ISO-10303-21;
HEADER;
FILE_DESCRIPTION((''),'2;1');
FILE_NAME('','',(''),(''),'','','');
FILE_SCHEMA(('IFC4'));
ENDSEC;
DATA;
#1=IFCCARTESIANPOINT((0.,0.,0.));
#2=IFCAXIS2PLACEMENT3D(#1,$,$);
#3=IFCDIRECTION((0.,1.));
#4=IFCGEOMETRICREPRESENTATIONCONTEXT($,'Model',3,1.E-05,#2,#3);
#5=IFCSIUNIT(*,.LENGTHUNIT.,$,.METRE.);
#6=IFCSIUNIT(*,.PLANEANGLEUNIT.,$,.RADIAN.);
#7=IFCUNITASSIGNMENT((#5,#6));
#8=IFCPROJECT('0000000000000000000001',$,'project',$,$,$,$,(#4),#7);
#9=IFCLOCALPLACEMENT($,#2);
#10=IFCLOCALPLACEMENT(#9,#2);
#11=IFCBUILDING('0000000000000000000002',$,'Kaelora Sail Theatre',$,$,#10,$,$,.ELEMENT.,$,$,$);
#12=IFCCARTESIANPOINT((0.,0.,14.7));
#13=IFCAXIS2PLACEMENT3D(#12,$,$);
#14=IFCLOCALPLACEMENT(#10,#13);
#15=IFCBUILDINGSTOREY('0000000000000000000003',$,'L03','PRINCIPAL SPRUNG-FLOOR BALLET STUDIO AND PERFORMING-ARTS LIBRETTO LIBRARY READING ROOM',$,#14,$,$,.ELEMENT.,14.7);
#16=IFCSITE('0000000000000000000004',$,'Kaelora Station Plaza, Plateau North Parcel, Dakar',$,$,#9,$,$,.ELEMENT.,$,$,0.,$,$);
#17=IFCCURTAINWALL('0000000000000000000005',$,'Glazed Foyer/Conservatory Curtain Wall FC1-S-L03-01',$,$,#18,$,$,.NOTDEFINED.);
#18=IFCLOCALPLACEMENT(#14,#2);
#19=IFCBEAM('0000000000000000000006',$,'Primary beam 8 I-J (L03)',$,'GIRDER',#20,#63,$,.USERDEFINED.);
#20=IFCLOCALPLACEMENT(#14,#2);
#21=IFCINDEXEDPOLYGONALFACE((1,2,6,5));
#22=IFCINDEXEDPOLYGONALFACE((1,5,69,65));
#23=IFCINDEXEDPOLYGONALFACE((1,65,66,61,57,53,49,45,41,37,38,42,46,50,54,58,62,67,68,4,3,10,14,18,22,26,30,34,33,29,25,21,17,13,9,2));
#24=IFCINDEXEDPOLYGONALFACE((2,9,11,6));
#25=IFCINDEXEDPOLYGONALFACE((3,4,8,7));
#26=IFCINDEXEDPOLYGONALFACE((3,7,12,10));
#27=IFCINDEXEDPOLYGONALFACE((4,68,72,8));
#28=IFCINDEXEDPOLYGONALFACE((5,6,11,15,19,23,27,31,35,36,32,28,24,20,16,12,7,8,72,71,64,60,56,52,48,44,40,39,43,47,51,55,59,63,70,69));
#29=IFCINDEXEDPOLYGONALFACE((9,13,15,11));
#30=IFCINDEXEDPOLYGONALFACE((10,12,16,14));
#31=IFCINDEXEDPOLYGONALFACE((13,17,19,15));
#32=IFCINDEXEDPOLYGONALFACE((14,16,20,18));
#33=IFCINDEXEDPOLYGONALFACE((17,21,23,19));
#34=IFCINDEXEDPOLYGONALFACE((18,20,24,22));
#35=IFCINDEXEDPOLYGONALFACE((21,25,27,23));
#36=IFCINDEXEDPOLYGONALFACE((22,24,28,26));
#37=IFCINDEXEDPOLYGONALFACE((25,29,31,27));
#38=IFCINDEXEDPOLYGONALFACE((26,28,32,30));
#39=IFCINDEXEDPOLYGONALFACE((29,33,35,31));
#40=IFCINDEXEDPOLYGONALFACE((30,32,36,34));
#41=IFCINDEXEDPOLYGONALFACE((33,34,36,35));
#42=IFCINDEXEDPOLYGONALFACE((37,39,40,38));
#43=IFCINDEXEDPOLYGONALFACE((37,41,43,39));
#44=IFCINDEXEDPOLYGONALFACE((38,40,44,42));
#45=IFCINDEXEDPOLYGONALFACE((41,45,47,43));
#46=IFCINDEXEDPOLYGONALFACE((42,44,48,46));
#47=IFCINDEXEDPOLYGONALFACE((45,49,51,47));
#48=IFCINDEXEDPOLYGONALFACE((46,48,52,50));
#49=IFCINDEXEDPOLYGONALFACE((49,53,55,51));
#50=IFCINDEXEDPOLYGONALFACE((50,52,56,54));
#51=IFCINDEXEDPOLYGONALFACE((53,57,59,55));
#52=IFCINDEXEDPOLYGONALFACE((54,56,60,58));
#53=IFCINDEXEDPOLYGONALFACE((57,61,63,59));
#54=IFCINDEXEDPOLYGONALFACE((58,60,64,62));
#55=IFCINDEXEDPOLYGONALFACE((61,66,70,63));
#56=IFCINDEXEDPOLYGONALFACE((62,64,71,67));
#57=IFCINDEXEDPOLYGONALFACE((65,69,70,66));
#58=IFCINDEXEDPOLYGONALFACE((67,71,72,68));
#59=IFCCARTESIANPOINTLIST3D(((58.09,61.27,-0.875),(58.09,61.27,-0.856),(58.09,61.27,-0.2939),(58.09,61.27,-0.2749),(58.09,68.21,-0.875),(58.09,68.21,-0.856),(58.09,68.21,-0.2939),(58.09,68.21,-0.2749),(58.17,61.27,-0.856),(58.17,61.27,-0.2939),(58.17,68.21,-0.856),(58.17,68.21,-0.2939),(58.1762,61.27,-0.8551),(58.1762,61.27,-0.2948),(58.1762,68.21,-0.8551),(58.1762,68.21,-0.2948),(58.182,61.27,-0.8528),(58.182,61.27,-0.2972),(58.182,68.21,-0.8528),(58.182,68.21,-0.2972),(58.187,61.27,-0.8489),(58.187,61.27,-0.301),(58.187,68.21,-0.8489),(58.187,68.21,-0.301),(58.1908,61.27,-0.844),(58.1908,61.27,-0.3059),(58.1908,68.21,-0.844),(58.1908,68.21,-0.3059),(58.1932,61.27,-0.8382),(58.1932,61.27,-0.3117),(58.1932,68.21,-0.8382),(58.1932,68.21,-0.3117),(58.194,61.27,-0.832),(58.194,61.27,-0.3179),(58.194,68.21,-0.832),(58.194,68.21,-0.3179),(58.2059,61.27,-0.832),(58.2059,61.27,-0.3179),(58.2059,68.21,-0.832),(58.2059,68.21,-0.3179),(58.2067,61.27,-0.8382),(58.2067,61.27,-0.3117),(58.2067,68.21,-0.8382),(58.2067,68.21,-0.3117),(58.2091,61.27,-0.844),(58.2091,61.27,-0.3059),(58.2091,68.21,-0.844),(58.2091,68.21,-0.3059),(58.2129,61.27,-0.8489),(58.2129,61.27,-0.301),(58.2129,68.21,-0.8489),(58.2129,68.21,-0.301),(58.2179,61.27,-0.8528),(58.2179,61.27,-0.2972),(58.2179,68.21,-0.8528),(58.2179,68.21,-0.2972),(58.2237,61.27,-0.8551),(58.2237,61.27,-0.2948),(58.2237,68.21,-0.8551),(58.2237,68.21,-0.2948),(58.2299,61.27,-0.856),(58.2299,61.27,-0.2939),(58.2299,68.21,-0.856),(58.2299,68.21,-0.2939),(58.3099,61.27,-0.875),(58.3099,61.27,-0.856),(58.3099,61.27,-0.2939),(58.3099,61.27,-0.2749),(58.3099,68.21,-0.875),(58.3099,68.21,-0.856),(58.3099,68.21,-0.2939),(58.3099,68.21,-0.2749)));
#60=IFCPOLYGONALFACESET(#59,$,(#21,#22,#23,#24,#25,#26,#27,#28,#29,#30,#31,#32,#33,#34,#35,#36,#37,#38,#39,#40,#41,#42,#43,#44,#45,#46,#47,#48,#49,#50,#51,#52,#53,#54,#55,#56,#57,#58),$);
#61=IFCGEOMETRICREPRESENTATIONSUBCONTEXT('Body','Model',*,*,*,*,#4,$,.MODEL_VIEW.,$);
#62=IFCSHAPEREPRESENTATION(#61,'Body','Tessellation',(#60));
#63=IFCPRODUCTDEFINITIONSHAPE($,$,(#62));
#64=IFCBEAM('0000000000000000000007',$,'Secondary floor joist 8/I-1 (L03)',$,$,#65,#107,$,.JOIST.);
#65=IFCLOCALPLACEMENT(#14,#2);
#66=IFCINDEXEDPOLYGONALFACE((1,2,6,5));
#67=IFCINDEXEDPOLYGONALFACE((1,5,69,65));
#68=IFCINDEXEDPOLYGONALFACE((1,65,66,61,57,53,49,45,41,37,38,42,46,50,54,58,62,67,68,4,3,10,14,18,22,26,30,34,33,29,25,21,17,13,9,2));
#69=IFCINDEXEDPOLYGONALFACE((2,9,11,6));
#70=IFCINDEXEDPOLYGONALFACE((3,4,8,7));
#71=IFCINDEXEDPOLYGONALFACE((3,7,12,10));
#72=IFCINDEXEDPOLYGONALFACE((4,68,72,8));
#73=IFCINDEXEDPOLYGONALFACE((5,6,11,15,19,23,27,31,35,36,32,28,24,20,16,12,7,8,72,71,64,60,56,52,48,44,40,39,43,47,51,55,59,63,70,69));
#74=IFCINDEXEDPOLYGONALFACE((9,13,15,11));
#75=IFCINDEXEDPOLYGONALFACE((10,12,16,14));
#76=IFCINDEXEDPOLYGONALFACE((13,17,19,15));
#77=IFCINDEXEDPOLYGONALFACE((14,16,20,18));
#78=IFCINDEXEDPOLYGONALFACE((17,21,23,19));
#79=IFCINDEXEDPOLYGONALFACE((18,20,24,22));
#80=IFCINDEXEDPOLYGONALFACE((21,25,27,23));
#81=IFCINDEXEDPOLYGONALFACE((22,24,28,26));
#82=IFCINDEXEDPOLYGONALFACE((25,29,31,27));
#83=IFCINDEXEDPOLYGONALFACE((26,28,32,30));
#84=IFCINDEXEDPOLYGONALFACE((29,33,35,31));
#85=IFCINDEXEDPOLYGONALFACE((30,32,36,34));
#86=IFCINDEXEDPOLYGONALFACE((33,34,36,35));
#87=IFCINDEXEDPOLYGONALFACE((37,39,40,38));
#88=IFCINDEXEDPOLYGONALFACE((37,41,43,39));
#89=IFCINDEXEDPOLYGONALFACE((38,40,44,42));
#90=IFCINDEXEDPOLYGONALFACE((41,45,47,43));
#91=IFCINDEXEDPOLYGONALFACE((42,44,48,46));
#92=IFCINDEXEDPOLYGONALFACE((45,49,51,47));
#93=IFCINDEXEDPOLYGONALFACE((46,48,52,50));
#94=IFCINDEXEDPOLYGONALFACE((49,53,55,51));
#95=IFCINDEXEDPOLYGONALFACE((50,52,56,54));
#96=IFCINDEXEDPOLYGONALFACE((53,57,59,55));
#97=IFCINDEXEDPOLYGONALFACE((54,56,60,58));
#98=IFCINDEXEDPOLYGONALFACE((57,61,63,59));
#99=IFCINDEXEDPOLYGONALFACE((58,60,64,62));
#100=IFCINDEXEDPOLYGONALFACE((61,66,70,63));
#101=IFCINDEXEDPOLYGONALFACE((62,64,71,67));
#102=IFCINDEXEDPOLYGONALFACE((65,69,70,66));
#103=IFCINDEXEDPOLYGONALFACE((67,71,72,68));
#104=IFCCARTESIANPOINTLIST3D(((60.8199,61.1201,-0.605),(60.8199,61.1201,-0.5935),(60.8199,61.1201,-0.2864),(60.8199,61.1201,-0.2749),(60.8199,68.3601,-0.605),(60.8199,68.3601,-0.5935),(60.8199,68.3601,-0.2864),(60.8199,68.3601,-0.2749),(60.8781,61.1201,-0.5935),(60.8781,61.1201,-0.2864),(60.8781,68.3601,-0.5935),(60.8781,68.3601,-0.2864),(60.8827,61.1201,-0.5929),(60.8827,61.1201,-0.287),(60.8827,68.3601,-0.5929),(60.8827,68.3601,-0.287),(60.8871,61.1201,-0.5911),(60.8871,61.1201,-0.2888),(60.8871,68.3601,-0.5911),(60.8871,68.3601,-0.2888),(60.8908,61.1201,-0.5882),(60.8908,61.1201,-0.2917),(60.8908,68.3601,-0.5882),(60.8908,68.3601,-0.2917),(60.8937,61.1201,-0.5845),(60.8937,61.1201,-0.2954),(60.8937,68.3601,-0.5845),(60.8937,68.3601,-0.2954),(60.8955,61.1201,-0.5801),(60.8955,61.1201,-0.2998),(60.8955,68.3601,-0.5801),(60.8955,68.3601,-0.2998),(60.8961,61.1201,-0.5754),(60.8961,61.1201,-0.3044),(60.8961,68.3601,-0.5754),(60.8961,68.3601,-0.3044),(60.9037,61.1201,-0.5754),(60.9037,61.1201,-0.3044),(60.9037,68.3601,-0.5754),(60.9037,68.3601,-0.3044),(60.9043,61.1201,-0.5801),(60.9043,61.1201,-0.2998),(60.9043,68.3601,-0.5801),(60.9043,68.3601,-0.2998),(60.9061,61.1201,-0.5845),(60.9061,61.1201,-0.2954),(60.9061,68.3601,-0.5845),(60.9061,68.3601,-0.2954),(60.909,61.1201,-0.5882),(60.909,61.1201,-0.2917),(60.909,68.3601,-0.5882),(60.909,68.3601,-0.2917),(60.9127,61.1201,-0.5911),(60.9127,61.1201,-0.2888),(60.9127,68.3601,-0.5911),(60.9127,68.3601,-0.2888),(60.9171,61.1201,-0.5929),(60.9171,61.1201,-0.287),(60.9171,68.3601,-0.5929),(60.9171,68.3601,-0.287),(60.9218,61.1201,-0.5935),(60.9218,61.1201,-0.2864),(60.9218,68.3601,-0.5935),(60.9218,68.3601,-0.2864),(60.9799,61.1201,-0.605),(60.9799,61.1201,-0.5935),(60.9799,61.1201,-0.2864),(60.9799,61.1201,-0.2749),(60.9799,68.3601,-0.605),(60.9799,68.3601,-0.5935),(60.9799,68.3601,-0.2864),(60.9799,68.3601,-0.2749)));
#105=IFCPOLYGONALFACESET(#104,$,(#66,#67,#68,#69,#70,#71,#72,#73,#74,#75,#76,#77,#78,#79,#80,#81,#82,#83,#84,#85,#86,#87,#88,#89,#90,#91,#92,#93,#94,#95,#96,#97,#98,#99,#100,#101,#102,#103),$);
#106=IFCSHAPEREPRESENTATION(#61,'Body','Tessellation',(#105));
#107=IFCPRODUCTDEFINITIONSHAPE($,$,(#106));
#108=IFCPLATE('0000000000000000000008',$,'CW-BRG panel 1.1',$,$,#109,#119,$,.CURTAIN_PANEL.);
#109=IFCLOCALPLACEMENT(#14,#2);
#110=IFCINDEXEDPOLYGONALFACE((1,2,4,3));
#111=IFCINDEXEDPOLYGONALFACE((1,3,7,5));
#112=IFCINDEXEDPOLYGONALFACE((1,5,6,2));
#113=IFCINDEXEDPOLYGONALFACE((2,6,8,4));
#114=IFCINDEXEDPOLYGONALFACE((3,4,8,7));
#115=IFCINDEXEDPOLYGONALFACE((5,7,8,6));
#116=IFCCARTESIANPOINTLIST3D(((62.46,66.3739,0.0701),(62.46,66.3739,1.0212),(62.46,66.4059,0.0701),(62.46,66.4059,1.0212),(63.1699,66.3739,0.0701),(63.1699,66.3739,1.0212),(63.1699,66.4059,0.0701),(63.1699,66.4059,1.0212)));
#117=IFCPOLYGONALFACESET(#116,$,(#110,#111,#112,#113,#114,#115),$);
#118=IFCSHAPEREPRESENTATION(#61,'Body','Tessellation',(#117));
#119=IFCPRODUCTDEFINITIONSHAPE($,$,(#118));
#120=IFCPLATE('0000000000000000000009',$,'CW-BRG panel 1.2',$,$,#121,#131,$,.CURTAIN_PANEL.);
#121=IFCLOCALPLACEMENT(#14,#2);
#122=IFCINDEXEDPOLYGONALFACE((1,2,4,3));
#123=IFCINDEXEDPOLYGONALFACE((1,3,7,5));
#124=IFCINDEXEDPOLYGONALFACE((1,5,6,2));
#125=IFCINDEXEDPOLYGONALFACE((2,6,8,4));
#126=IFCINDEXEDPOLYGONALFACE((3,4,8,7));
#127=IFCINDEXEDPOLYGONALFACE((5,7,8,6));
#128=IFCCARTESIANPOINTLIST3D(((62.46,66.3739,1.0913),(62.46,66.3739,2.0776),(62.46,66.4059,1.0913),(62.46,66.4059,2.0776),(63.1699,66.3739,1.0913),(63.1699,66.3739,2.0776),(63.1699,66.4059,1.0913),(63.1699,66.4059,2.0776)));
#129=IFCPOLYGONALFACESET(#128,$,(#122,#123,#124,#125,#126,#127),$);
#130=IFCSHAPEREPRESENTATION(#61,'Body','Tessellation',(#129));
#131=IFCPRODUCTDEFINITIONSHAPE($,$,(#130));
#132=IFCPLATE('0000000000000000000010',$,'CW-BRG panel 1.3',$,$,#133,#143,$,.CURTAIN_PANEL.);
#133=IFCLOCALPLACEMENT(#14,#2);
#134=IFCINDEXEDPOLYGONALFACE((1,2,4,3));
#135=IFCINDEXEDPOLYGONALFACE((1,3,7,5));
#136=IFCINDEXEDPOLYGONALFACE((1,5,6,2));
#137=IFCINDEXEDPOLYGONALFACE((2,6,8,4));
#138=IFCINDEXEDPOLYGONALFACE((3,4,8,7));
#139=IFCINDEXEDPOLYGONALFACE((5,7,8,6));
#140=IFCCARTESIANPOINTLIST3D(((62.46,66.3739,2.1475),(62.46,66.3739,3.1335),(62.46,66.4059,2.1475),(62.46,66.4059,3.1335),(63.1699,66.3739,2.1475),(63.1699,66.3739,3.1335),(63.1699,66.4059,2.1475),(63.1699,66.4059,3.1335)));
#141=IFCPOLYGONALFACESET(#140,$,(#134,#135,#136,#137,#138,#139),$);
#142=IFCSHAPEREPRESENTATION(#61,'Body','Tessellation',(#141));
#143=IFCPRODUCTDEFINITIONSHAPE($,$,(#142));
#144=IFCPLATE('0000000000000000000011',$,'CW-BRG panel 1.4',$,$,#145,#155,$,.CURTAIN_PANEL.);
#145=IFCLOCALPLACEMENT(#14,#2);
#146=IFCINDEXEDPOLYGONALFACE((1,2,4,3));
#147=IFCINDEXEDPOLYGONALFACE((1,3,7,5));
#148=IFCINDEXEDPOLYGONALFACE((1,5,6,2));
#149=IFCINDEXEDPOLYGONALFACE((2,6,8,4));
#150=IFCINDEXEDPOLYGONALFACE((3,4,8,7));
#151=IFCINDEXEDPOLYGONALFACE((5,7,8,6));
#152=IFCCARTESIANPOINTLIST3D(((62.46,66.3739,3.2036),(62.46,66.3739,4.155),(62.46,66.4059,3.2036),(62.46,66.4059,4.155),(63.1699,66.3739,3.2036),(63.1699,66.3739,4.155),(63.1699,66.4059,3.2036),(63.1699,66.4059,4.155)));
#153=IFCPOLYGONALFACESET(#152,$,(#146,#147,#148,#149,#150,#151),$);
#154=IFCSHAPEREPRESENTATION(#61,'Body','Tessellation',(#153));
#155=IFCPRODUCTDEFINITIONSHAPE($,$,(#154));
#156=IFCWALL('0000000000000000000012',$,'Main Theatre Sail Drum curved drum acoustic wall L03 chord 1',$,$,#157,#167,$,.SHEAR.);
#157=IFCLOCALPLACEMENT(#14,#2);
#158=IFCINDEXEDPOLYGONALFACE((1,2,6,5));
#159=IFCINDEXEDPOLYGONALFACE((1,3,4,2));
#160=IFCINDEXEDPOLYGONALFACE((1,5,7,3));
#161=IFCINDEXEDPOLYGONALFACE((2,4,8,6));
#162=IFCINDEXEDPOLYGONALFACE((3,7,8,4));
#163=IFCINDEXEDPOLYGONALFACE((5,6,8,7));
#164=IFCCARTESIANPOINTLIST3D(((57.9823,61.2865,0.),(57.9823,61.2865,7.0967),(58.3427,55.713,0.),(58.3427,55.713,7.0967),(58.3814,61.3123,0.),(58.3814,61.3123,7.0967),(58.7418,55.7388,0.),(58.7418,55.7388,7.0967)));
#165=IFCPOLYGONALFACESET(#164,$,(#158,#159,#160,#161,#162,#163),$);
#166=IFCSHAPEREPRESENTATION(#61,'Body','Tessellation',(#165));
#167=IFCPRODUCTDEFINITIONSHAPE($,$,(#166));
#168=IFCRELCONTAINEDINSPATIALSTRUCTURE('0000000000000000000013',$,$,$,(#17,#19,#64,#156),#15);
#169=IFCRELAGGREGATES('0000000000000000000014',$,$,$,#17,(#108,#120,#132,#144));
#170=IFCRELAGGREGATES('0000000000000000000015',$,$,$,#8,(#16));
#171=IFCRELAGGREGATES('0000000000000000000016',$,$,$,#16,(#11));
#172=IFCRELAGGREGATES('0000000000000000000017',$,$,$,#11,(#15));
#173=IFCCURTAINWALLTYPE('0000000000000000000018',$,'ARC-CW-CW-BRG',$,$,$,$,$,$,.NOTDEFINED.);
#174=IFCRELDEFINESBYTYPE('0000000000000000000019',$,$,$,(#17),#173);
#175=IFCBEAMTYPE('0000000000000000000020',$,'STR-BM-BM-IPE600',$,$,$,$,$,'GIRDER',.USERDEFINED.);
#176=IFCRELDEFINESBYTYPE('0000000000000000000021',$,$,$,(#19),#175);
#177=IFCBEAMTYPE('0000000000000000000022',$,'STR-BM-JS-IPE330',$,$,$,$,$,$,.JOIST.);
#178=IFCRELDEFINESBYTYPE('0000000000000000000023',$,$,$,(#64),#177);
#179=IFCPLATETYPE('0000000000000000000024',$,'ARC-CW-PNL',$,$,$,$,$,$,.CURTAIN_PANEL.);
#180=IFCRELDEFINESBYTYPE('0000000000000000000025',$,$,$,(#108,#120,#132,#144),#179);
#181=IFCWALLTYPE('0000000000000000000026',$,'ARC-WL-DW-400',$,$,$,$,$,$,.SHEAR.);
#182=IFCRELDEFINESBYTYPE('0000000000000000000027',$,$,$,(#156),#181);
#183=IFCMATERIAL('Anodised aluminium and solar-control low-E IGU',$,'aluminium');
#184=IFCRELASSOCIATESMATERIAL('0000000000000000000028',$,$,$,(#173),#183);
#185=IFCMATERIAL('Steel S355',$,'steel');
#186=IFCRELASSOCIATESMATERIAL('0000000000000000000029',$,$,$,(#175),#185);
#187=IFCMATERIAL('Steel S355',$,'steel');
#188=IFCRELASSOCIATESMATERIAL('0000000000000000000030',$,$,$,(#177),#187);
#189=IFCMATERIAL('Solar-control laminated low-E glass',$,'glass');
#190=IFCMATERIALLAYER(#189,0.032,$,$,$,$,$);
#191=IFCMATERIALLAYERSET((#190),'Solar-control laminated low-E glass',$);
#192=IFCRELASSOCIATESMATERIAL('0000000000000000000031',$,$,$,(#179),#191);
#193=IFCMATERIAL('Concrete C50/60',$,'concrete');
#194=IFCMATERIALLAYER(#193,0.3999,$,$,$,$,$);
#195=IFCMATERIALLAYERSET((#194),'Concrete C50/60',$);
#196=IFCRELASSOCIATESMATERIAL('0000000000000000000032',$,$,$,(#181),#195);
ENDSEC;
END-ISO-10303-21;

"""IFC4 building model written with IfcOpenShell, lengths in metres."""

from ifc_helpers import new_model, si_unit, direction, frame, frame_2d, origin, origin_2d, place, context, subcontext, project, spatial, rectangle, i_section, extrude, material, layer, layer_set, material_profile, profile_set, type_object, element, aggregate, save


model = new_model("IFC4")

# Units and contexts
model_context = context("Model", 3, precision=1e-05, world=origin(), true_north=direction((0.0, 1.0)))
body_context = subcontext(model_context, "Body", "Model", "MODEL_VIEW")
ifc_project = project(units=[si_unit("LENGTHUNIT", "METRE"), si_unit("PLANEANGLEUNIT", "RADIAN")], contexts=[model_context])

# Site, building, storey
site_placement = place(None, origin())
site = spatial("IfcSite", under=ifc_project, at=site_placement, Name="Kaelora Station Plaza, Plateau North Parcel, Dakar", CompositionType="ELEMENT", RefElevation=0.0)
building_placement = place(site_placement, origin())
building = spatial("IfcBuilding", under=site, at=building_placement, Name="Kaelora Sail Theatre", CompositionType="ELEMENT")
storey_placement = place(building_placement, frame((0.0, 0.0, 14.7)))
storey = spatial("IfcBuildingStorey", under=building, at=storey_placement, Name="L03", Description="PRINCIPAL SPRUNG-FLOOR BALLET STUDIO AND PERFORMING-ARTS LIBRETTO LIBRARY READING ROOM", CompositionType="ELEMENT", Elevation=14.7)

# Curtain wall
ifc_material_1 = material(Name="Anodised aluminium and solar-control low-E IGU", Category="aluminium")
curtain_wall_type = type_object("IfcCurtainWallType", Name="ARC-CW-CW-BRG", PredefinedType="NOTDEFINED", material=ifc_material_1)
curtain_wall_placement = place(storey_placement, origin())
curtain_wall = element("IfcCurtainWall", 1, at=curtain_wall_placement, inside=storey, type_object=curtain_wall_type, Name="Glazed Foyer/Conservatory Curtain Wall FC1-S-L03-01", PredefinedType="NOTDEFINED")

# Beams
ifc_material_2 = material(Name="Steel S355", Category="steel")
ifc_material_profile_1 = material_profile(ifc_material_2, i_section(OverallWidth=0.22, OverallDepth=0.6001, WebThickness=0.012, FlangeThickness=0.019, FilletRadius=0.0239, at=origin_2d()), Name="IPE 600")
ifc_profile_set_1 = profile_set([ifc_material_profile_1], Name="Steel S355")
beam_type_1 = type_object("IfcBeamType", Name="STR-BM-BM-IPE600", ElementType="GIRDER", PredefinedType="USERDEFINED", material=ifc_profile_set_1)
beam_1_placement = place(storey_placement, frame((58.2, 61.27, -0.575), z_axis=(0.0, 1.0, 0.0), x_axis=(-1.0, 0.0, 0.0)))
element("IfcBeam", 2, at=beam_1_placement, inside=storey, type_object=beam_type_1, Name="Primary beam 8 I-J (L03)", ObjectType="GIRDER", PredefinedType="USERDEFINED", context=body_context, shape_type="SweptSolid", body=[
    extrude(i_section(OverallWidth=0.22, OverallDepth=0.6001, WebThickness=0.012, FlangeThickness=0.019, FilletRadius=0.0239, at=origin_2d()), origin(), (0.0, 0.0, 1.0), 6.9399),
])
ifc_material_3 = material(Name="Steel S355", Category="steel")
ifc_material_profile_2 = material_profile(ifc_material_3, i_section(OverallWidth=0.1599, OverallDepth=0.3301, WebThickness=0.0076, FlangeThickness=0.0115, FilletRadius=0.0181, at=origin_2d()), Name="IPE 330")
ifc_profile_set_2 = profile_set([ifc_material_profile_2], Name="Steel S355")
beam_type_2 = type_object("IfcBeamType", Name="STR-BM-JS-IPE330", PredefinedType="JOIST", material=ifc_profile_set_2)
beam_2_placement = place(storey_placement, frame((60.8999, 61.1201, -0.4399), z_axis=(0.0, 1.0, 0.0), x_axis=(-1.0, 0.0, 0.0)))
element("IfcBeam", 3, at=beam_2_placement, inside=storey, type_object=beam_type_2, Name="Secondary floor joist 8/I-1 (L03)", PredefinedType="JOIST", context=body_context, shape_type="SweptSolid", body=[
    extrude(i_section(OverallWidth=0.1599, OverallDepth=0.3301, WebThickness=0.0076, FlangeThickness=0.0115, FilletRadius=0.0181, at=origin_2d()), origin(), (0.0, 0.0, 1.0), 7.24),
])

# Plates
ifc_material_4 = material(Name="Solar-control laminated low-E glass", Category="glass")
ifc_layer_1 = layer(ifc_material_4, 0.032)
ifc_layer_set_1 = layer_set([ifc_layer_1], Name="Solar-control laminated low-E glass")
plate_type = type_object("IfcPlateType", Name="ARC-CW-PNL", PredefinedType="CURTAIN_PANEL", material=ifc_layer_set_1)
plate_1_placement = place(storey_placement, frame((62.8149, 66.3899, 0.0701), z_axis=(0.0, 0.0, 1.0), x_axis=(1.0, 0.0, 0.0)))
plate_1 = element("IfcPlate", 4, at=plate_1_placement, type_object=plate_type, Name="CW-BRG panel 1.1", PredefinedType="CURTAIN_PANEL", context=body_context, shape_type="SweptSolid", body=[
    extrude(rectangle(XDim=0.71, YDim=0.032, at=origin_2d()), origin(), (0.0, 0.0, 1.0), 0.9512),
])
plate_2_placement = place(storey_placement, frame((62.8149, 66.3899, 1.0913), z_axis=(0.0, 0.0, 1.0), x_axis=(1.0, 0.0, 0.0)))
plate_2 = element("IfcPlate", 5, at=plate_2_placement, type_object=plate_type, Name="CW-BRG panel 1.2", PredefinedType="CURTAIN_PANEL", context=body_context, shape_type="SweptSolid", body=[
    extrude(rectangle(XDim=0.71, YDim=0.032, at=origin_2d()), origin(), (0.0, 0.0, 1.0), 0.9863),
])
plate_3_placement = place(storey_placement, frame((62.8149, 66.3899, 2.1475), z_axis=(0.0, 0.0, 1.0), x_axis=(1.0, 0.0, 0.0)))
plate_3 = element("IfcPlate", 6, at=plate_3_placement, type_object=plate_type, Name="CW-BRG panel 1.3", PredefinedType="CURTAIN_PANEL", context=body_context, shape_type="SweptSolid", body=[
    extrude(rectangle(XDim=0.71, YDim=0.032, at=origin_2d()), origin(), (0.0, 0.0, 1.0), 0.9861),
])
plate_4_placement = place(storey_placement, frame((62.8149, 66.3899, 3.2036), z_axis=(0.0, 0.0, 1.0), x_axis=(1.0, 0.0, 0.0)))
plate_4 = element("IfcPlate", 7, at=plate_4_placement, type_object=plate_type, Name="CW-BRG panel 1.4", PredefinedType="CURTAIN_PANEL", context=body_context, shape_type="SweptSolid", body=[
    extrude(rectangle(XDim=0.71, YDim=0.032, at=origin_2d()), origin(), (0.0, 0.0, 1.0), 0.9514),
])
aggregate(curtain_wall, [plate_1, plate_2, plate_3, plate_4])

# Wall
ifc_material_5 = material(Name="Concrete C50/60", Category="concrete")
ifc_layer_2 = layer(ifc_material_5, 0.3999)
ifc_layer_set_2 = layer_set([ifc_layer_2], Name="Concrete C50/60")
wall_type_1 = type_object("IfcWallType", Name="ARC-WL-DW-400", PredefinedType="SHEAR", material=ifc_layer_set_2)
wall_1_placement = place(storey_placement, frame((58.1819, 61.2993, 0.0), z_axis=(0.0, 0.0, 1.0), x_axis=(0.06452, -0.997916, 0.0)))
element("IfcWall", 8, at=wall_1_placement, inside=storey, type_object=wall_type_1, Name="Main Theatre Sail Drum curved drum acoustic wall L03 chord 1", PredefinedType="SHEAR", context=body_context, shape_type="SweptSolid", body=[
    extrude(rectangle(XDim=5.5852, YDim=0.3999, at=frame_2d((2.7925, 0.0))), origin(), (0.0, 0.0, 1.0), 7.0967),
])

save(model, "model.ifc")
